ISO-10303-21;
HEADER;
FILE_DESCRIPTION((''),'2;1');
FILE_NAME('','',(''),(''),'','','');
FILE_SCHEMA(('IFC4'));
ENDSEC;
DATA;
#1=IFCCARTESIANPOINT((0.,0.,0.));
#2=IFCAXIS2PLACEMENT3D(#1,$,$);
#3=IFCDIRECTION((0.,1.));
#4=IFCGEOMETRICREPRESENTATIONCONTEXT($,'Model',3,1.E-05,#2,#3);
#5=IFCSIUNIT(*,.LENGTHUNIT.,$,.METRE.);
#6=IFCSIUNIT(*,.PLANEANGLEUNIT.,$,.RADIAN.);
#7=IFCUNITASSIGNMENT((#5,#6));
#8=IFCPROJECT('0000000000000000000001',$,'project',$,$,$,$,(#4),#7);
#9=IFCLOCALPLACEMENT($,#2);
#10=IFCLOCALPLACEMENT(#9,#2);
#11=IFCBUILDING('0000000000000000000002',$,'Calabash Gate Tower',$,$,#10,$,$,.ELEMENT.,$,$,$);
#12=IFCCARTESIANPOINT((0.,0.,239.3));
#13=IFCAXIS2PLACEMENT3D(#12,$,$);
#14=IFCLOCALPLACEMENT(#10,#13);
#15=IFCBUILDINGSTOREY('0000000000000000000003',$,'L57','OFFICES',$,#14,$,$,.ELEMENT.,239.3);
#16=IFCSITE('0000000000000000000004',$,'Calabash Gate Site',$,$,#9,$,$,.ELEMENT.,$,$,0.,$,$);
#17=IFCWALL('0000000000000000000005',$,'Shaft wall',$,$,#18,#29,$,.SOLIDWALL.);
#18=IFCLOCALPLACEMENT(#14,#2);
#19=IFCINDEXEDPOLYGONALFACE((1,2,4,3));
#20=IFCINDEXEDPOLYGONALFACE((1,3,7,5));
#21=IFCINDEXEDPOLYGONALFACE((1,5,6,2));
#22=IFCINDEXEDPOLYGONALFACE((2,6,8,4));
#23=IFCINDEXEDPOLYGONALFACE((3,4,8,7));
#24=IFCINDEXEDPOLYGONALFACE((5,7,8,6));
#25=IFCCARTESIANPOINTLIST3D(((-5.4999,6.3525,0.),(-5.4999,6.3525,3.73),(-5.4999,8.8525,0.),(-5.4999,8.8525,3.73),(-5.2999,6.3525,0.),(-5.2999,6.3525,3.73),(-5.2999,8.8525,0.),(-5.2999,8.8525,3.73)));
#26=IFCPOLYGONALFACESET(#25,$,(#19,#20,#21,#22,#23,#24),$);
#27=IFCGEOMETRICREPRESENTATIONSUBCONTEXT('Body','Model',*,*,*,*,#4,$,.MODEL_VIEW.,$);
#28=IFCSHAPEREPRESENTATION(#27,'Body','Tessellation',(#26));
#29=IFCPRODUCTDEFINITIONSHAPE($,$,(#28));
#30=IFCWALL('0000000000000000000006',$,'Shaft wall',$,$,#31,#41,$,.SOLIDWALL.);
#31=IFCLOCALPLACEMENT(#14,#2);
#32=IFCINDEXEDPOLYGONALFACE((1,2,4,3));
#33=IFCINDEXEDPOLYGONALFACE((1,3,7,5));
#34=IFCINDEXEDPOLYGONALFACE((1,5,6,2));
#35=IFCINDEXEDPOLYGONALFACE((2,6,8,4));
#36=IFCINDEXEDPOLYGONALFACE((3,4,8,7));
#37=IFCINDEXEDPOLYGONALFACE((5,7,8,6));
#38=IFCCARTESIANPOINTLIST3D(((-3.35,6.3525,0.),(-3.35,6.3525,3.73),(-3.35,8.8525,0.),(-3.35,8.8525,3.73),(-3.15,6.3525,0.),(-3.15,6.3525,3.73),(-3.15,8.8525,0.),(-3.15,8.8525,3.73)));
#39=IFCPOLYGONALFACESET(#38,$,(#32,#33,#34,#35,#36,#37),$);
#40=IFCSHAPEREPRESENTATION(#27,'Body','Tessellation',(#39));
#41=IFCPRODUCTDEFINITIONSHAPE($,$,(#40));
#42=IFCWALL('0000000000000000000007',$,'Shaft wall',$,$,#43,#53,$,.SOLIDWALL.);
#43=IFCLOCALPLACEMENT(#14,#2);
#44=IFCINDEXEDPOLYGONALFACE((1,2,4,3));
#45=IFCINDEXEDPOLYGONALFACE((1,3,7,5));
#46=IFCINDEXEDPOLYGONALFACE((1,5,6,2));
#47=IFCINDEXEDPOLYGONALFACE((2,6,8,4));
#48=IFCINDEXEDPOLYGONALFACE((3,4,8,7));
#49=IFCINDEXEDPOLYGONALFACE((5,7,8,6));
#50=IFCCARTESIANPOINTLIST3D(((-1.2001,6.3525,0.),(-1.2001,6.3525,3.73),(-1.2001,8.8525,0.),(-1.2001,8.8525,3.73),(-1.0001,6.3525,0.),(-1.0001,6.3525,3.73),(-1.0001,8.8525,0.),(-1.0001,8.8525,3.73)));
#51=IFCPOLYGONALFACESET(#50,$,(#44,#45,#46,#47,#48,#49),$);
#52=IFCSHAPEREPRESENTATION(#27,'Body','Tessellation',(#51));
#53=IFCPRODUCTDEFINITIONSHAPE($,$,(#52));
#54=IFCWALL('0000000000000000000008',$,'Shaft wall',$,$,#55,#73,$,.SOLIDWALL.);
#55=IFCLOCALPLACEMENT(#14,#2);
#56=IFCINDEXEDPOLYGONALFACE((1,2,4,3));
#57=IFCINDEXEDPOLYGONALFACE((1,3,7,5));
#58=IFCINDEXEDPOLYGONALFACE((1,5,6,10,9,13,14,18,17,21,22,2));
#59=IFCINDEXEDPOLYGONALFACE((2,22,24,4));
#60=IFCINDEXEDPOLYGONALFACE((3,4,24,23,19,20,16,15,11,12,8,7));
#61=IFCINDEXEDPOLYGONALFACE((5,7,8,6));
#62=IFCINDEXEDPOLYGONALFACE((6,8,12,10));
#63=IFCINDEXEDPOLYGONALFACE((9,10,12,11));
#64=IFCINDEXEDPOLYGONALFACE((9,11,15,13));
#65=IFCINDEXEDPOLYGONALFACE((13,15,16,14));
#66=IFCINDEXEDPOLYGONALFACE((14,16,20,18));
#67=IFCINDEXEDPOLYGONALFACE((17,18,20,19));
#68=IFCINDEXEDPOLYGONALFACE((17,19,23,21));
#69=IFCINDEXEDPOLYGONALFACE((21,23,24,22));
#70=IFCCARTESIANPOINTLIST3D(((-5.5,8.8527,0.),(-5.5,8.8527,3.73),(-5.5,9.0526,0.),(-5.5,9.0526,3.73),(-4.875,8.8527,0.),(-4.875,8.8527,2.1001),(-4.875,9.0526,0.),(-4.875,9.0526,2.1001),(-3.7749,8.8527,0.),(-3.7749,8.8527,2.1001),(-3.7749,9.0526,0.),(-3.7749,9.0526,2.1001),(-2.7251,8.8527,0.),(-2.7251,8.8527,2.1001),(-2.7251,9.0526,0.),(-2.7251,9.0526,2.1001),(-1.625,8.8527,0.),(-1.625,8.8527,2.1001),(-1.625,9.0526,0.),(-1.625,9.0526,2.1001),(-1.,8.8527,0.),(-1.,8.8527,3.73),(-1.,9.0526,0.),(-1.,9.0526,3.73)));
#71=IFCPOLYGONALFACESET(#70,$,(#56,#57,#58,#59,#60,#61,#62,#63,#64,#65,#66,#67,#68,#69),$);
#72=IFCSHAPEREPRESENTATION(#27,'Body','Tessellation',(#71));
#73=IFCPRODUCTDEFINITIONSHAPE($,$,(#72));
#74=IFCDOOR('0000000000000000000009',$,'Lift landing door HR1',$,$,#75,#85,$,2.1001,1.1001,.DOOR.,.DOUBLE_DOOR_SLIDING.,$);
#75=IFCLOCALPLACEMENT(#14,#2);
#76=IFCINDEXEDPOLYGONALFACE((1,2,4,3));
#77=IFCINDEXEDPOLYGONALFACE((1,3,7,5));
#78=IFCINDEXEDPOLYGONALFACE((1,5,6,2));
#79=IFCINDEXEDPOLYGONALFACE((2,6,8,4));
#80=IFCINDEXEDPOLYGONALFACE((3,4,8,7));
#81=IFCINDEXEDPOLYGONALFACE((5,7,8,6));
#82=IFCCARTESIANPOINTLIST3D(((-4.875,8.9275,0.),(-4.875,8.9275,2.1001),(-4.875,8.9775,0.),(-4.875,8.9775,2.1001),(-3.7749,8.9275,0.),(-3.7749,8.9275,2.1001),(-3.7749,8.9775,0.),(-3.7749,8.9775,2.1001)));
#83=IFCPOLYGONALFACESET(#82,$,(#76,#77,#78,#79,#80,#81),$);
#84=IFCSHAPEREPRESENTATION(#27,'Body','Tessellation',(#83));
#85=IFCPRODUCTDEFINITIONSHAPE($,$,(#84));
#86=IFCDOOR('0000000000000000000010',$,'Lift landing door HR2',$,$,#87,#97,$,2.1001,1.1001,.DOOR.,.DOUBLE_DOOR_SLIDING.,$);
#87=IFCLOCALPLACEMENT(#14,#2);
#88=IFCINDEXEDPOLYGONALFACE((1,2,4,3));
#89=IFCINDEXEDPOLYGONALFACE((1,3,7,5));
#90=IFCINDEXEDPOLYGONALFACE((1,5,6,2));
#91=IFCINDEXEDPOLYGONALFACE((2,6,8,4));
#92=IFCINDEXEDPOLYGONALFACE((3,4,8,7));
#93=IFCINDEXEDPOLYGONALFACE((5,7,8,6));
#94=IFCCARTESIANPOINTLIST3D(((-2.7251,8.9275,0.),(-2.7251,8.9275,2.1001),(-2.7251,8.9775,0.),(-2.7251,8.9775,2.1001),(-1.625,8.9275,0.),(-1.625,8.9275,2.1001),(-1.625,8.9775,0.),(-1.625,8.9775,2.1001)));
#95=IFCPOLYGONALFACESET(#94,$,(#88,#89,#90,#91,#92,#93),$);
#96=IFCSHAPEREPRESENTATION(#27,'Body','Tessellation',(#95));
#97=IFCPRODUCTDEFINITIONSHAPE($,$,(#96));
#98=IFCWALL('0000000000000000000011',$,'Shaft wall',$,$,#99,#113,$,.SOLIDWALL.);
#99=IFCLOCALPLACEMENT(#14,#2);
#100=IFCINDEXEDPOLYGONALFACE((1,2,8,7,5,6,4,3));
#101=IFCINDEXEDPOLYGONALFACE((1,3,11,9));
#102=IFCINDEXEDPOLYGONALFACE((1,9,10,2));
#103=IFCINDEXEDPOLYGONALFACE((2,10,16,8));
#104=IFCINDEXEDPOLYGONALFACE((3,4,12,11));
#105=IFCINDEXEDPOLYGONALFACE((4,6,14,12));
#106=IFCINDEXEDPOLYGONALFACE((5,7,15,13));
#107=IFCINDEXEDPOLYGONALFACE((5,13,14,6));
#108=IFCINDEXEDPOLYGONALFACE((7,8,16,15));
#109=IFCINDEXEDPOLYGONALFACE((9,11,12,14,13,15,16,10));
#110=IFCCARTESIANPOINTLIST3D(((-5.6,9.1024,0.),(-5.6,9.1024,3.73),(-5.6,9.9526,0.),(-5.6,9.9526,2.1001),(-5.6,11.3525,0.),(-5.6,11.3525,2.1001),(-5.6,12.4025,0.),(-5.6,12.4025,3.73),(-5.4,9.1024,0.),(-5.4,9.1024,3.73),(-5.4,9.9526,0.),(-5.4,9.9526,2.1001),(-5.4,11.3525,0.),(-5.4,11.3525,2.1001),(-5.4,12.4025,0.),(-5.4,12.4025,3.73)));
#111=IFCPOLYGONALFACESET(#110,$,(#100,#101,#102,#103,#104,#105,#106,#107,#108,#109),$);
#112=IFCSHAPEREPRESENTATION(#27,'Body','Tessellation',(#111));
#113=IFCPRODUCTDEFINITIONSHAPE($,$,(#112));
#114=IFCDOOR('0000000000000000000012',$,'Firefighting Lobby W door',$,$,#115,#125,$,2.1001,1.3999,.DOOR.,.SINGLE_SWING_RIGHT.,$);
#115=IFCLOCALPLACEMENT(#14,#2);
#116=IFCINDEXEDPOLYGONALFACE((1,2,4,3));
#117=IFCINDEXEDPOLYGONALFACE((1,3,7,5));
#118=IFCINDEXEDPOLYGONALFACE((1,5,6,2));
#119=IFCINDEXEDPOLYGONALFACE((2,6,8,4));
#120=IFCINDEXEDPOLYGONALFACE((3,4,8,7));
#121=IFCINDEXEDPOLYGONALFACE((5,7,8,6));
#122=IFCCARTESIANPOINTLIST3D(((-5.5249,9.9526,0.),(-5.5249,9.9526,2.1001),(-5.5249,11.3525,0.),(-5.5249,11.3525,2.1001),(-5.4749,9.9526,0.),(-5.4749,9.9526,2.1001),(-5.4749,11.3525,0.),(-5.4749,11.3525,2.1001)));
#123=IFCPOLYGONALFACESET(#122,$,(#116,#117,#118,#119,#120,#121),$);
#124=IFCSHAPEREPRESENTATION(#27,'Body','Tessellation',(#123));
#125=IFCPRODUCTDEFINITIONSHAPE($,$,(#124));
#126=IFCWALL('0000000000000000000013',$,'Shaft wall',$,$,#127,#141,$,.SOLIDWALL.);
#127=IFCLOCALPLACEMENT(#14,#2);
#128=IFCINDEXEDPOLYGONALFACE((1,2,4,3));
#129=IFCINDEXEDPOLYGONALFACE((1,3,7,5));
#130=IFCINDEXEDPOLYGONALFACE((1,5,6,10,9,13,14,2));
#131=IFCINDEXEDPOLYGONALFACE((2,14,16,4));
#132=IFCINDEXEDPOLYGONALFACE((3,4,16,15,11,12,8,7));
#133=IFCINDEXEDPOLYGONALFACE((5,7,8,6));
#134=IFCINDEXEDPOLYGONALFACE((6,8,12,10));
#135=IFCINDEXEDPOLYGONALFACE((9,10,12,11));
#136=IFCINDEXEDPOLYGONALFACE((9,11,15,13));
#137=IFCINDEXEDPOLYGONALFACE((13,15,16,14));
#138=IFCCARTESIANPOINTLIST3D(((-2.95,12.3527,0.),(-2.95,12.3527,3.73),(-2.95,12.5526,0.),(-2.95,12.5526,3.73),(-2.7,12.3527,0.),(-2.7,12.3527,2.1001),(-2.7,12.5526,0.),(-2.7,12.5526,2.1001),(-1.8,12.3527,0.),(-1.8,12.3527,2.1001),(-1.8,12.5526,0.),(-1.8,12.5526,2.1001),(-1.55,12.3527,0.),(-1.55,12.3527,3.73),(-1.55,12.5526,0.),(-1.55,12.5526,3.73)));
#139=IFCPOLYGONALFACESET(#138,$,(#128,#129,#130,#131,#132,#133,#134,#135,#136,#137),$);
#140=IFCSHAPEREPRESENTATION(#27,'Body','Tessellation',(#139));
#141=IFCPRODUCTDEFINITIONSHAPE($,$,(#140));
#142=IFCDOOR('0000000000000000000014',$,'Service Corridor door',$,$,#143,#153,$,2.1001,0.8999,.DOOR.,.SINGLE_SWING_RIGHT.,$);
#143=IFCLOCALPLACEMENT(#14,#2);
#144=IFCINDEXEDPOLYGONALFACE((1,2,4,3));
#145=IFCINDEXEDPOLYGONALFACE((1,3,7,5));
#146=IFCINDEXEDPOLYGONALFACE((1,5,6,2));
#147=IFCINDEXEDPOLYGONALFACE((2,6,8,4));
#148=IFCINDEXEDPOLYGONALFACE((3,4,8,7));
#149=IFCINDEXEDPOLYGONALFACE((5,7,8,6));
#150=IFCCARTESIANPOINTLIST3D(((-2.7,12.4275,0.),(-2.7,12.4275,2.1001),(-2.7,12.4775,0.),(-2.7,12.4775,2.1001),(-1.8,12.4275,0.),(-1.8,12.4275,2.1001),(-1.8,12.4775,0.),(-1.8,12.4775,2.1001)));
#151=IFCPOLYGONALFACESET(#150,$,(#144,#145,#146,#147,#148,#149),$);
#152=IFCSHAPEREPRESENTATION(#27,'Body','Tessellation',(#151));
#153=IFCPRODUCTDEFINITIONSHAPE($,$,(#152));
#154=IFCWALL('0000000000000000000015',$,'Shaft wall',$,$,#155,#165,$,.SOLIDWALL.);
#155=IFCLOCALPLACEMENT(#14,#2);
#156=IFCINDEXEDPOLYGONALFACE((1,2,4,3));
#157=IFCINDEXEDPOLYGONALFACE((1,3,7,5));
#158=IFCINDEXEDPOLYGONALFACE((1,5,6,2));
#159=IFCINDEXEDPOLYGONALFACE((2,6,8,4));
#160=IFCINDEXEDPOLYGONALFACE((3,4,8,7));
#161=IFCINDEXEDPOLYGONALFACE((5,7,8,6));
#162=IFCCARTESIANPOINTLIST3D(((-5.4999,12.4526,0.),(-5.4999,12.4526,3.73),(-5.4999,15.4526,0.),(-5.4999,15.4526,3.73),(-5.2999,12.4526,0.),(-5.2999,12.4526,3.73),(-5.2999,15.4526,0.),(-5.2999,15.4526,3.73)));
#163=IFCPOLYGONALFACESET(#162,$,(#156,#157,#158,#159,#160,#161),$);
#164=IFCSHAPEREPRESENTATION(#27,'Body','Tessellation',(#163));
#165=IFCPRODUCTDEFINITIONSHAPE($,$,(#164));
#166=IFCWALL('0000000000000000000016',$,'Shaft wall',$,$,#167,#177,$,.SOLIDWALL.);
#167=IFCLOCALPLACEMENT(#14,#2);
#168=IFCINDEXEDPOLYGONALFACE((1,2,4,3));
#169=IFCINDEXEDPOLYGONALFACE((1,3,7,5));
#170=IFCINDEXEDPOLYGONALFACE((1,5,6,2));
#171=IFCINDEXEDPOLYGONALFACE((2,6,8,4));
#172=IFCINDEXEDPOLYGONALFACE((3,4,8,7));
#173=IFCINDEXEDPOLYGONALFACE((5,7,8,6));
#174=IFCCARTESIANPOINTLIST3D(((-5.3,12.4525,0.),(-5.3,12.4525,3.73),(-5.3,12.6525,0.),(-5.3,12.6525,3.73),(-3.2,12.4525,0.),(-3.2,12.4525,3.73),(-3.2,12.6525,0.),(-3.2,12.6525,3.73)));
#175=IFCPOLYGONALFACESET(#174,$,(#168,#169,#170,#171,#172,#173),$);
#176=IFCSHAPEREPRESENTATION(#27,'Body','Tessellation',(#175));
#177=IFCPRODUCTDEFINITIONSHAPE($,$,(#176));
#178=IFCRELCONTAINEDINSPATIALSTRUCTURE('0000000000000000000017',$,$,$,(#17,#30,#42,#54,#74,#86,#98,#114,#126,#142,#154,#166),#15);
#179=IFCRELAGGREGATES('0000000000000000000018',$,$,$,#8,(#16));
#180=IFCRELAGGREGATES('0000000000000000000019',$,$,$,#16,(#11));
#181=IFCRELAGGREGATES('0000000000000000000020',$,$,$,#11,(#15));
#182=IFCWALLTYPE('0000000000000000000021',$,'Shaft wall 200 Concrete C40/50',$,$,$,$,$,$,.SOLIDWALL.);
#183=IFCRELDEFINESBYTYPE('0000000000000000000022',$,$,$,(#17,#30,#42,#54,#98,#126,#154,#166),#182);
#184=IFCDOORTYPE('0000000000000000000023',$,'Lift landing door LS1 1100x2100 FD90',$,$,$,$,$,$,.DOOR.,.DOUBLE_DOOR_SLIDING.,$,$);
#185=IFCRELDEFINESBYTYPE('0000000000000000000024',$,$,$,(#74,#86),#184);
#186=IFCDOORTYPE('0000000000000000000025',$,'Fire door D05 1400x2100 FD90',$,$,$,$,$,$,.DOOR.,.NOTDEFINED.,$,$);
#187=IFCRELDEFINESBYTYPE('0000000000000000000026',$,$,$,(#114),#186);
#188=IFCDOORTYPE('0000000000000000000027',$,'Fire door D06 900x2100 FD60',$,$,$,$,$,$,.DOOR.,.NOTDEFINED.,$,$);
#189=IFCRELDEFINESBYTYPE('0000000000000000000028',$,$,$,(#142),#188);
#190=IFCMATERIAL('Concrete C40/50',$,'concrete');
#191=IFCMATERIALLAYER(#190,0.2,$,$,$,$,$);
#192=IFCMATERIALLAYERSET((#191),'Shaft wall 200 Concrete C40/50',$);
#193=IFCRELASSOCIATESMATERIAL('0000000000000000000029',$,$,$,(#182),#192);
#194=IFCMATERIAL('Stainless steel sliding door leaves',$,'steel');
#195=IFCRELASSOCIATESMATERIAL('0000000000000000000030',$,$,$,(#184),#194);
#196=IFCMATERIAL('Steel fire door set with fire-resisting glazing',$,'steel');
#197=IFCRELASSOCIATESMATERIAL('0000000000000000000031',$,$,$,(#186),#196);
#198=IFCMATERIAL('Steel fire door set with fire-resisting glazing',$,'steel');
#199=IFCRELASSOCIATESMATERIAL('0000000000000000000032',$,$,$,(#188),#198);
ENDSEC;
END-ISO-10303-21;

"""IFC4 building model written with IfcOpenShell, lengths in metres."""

from ifc_helpers import new_model, si_unit, direction, frame, frame_2d, origin, place, context, subcontext, project, spatial, rectangle, extrude, material, layer, layer_set, type_object, element, fill, save


model = new_model("IFC4")

# Units and contexts
model_context = context("Model", 3, precision=1e-05, world=origin(), true_north=direction((0.0, 1.0)))
body_context = subcontext(model_context, "Body", "Model", "MODEL_VIEW")
ifc_project = project(units=[si_unit("LENGTHUNIT", "METRE"), si_unit("PLANEANGLEUNIT", "RADIAN")], contexts=[model_context])

# Site, building, storey
site_placement = place(None, origin())
site = spatial("IfcSite", under=ifc_project, at=site_placement, Name="Calabash Gate Site", CompositionType="ELEMENT", RefElevation=0.0)
building_placement = place(site_placement, origin())
building = spatial("IfcBuilding", under=site, at=building_placement, Name="Calabash Gate Tower", CompositionType="ELEMENT")
storey_placement = place(building_placement, frame((0.0, 0.0, 239.3)))
storey = spatial("IfcBuildingStorey", under=building, at=storey_placement, Name="L57", Description="OFFICES", CompositionType="ELEMENT", Elevation=239.3)

# Walls
ifc_material_1 = material(Name="Concrete C40/50", Category="concrete")
ifc_layer = layer(ifc_material_1, 0.2)
ifc_layer_set = layer_set([ifc_layer], Name="Shaft wall 200 Concrete C40/50")
wall_type = type_object("IfcWallType", Name="Shaft wall 200 Concrete C40/50", PredefinedType="SOLIDWALL", material=ifc_layer_set)
for number, where, z_axis, x_axis, name in (
    (1, (-5.3999, 6.3525, 0.0), (0.0, 0.0, 1.0), (0.0, 1.0, 0.0), "Shaft wall"),
    (2, (-3.25, 6.3525, 0.0), (0.0, 0.0, 1.0), (0.0, 1.0, 0.0), "Shaft wall"),
    (3, (-1.1001, 6.3525, 0.0), (0.0, 0.0, 1.0), (0.0, 1.0, 0.0), "Shaft wall"),
):
    element("IfcWall", number, at=place(storey_placement, frame(where, z_axis=z_axis, x_axis=x_axis)), inside=storey, type_object=wall_type, Name=name, PredefinedType="SOLIDWALL", context=body_context, shape_type="SweptSolid", body=[
        extrude(rectangle(XDim=2.5, YDim=0.2, at=frame_2d((1.25, 0.0))), origin(), (0.0, 0.0, 1.0), 3.73),
    ])

# Wall, openings, doors
wall_1_placement = place(storey_placement, frame((-5.5, 8.9526, 0.0), z_axis=(0.0, 0.0, 1.0), x_axis=(1.0, 0.0, 0.0)))
wall_1 = element("IfcWall", 4, at=wall_1_placement, inside=storey, type_object=wall_type, Name="Shaft wall", PredefinedType="SOLIDWALL", context=body_context, shape_type="SweptSolid", body=[
    extrude(rectangle(XDim=4.5, YDim=0.2, at=frame_2d((2.25, 0.0))), origin(), (0.0, 0.0, 1.0), 3.73),
])
opening_1_placement = place(wall_1_placement, frame((0.625, 0.0, 0.0)))
opening_1 = element("IfcOpeningElement", 5, at=opening_1_placement, cuts=wall_1, PredefinedType="OPENING", context=body_context, shape_type="SweptSolid", body=[
    extrude(rectangle(XDim=1.1001, YDim=2.1001, at=frame_2d((0.55, 1.05))), frame((0.0, 0.1099, 0.0), z_axis=(0.0, -1.0, 0.0), x_axis=(1.0, 0.0, 0.0)), (0.0, 0.0, 1.0), 0.22),
])
opening_2_placement = place(wall_1_placement, frame((2.7749, 0.0, 0.0)))
opening_2 = element("IfcOpeningElement", 6, at=opening_2_placement, cuts=wall_1, PredefinedType="OPENING", context=body_context, shape_type="SweptSolid", body=[
    extrude(rectangle(XDim=1.1001, YDim=2.1001, at=frame_2d((0.55, 1.05))), frame((0.0, 0.1099, 0.0), z_axis=(0.0, -1.0, 0.0), x_axis=(1.0, 0.0, 0.0)), (0.0, 0.0, 1.0), 0.22),
])
ifc_material_2 = material(Name="Stainless steel sliding door leaves", Category="steel")
door_type_1 = type_object("IfcDoorType", Name="Lift landing door LS1 1100x2100 FD90", OperationType="DOUBLE_DOOR_SLIDING", PredefinedType="DOOR", material=ifc_material_2)
door_1_placement = place(opening_1_placement, origin())
door_1 = element("IfcDoor", 7, at=door_1_placement, inside=storey, type_object=door_type_1, Name="Lift landing door HR1", OperationType="DOUBLE_DOOR_SLIDING", OverallHeight=2.1001, OverallWidth=1.1001, PredefinedType="DOOR", context=body_context, shape_type="SweptSolid", body=[
    extrude(rectangle(XDim=1.1001, YDim=2.1001, at=frame_2d((0.55, 1.05))), frame((0.0, 0.0249, 0.0), z_axis=(0.0, -1.0, 0.0), x_axis=(1.0, 0.0, 0.0)), (0.0, 0.0, 1.0), 0.05),
])
fill(opening_1, door_1)
door_2_placement = place(opening_2_placement, origin())
door_2 = element("IfcDoor", 8, at=door_2_placement, inside=storey, type_object=door_type_1, Name="Lift landing door HR2", OperationType="DOUBLE_DOOR_SLIDING", OverallHeight=2.1001, OverallWidth=1.1001, PredefinedType="DOOR", context=body_context, shape_type="SweptSolid", body=[
    extrude(rectangle(XDim=1.1001, YDim=2.1001, at=frame_2d((0.55, 1.05))), frame((0.0, 0.0249, 0.0), z_axis=(0.0, -1.0, 0.0), x_axis=(1.0, 0.0, 0.0)), (0.0, 0.0, 1.0), 0.05),
])
fill(opening_2, door_2)

# Walls, openings, doors
wall_2_placement = place(storey_placement, frame((-5.5, 9.1025, 0.0), z_axis=(0.0, 0.0, 1.0), x_axis=(0.0, 1.0, 0.0)))
wall_2 = element("IfcWall", 9, at=wall_2_placement, inside=storey, type_object=wall_type, Name="Shaft wall", PredefinedType="SOLIDWALL", context=body_context, shape_type="SweptSolid", body=[
    extrude(rectangle(XDim=3.3, YDim=0.2, at=frame_2d((1.6499, 0.0))), origin(), (0.0, 0.0, 1.0), 3.73),
])
opening_3_placement = place(wall_2_placement, frame((0.8501, 0.0, 0.0)))
opening_3 = element("IfcOpeningElement", 10, at=opening_3_placement, cuts=wall_2, PredefinedType="OPENING", context=body_context, shape_type="SweptSolid", body=[
    extrude(rectangle(XDim=1.3999, YDim=2.1001, at=frame_2d((0.7, 1.05))), frame((0.0, 0.1099, 0.0), z_axis=(0.0, -1.0, 0.0), x_axis=(1.0, 0.0, 0.0)), (0.0, 0.0, 1.0), 0.22),
])
ifc_material_3 = material(Name="Steel fire door set with fire-resisting glazing", Category="steel")
door_type_2 = type_object("IfcDoorType", Name="Fire door D05 1400x2100 FD90", OperationType="NOTDEFINED", PredefinedType="DOOR", material=ifc_material_3)
door_3_placement = place(opening_3_placement, origin())
door_3 = element("IfcDoor", 11, at=door_3_placement, inside=storey, type_object=door_type_2, Name="Firefighting Lobby W door", OperationType="SINGLE_SWING_RIGHT", OverallHeight=2.1001, OverallWidth=1.3999, PredefinedType="DOOR", context=body_context, shape_type="SweptSolid", body=[
    extrude(rectangle(XDim=1.3999, YDim=2.1001, at=frame_2d((0.7, 1.05))), frame((0.0, 0.0249, 0.0), z_axis=(0.0, -1.0, 0.0), x_axis=(1.0, 0.0, 0.0)), (0.0, 0.0, 1.0), 0.05),
])
fill(opening_3, door_3)
wall_3_placement = place(storey_placement, frame((-2.95, 12.4526, 0.0), z_axis=(0.0, 0.0, 1.0), x_axis=(1.0, 0.0, 0.0)))
wall_3 = element("IfcWall", 12, at=wall_3_placement, inside=storey, type_object=wall_type, Name="Shaft wall", PredefinedType="SOLIDWALL", context=body_context, shape_type="SweptSolid", body=[
    extrude(rectangle(XDim=1.3999, YDim=0.2, at=frame_2d((0.7, 0.0))), origin(), (0.0, 0.0, 1.0), 3.73),
])
opening_4_placement = place(wall_3_placement, frame((0.25, 0.0, 0.0)))
opening_4 = element("IfcOpeningElement", 13, at=opening_4_placement, cuts=wall_3, PredefinedType="OPENING", context=body_context, shape_type="SweptSolid", body=[
    extrude(rectangle(XDim=0.8999, YDim=2.1001, at=frame_2d((0.45, 1.05))), frame((0.0, 0.1099, 0.0), z_axis=(0.0, -1.0, 0.0), x_axis=(1.0, 0.0, 0.0)), (0.0, 0.0, 1.0), 0.22),
])
ifc_material_4 = material(Name="Steel fire door set with fire-resisting glazing", Category="steel")
door_type_3 = type_object("IfcDoorType", Name="Fire door D06 900x2100 FD60", OperationType="NOTDEFINED", PredefinedType="DOOR", material=ifc_material_4)
door_4_placement = place(opening_4_placement, origin())
door_4 = element("IfcDoor", 14, at=door_4_placement, inside=storey, type_object=door_type_3, Name="Service Corridor door", OperationType="SINGLE_SWING_RIGHT", OverallHeight=2.1001, OverallWidth=0.8999, PredefinedType="DOOR", context=body_context, shape_type="SweptSolid", body=[
    extrude(rectangle(XDim=0.8999, YDim=2.1001, at=frame_2d((0.45, 1.05))), frame((0.0, 0.0249, 0.0), z_axis=(0.0, -1.0, 0.0), x_axis=(1.0, 0.0, 0.0)), (0.0, 0.0, 1.0), 0.05),
])
fill(opening_4, door_4)

# Walls
wall_4_placement = place(storey_placement, frame((-5.3999, 12.4526, 0.0), z_axis=(0.0, 0.0, 1.0), x_axis=(0.0, 1.0, 0.0)))
element("IfcWall", 15, at=wall_4_placement, inside=storey, type_object=wall_type, Name="Shaft wall", PredefinedType="SOLIDWALL", context=body_context, shape_type="SweptSolid", body=[
    extrude(rectangle(XDim=3.0, YDim=0.2, at=frame_2d((1.5, 0.0))), origin(), (0.0, 0.0, 1.0), 3.73),
])
wall_5_placement = place(storey_placement, frame((-5.3, 12.5525, 0.0), z_axis=(0.0, 0.0, 1.0), x_axis=(1.0, 0.0, 0.0)))
element("IfcWall", 16, at=wall_5_placement, inside=storey, type_object=wall_type, Name="Shaft wall", PredefinedType="SOLIDWALL", context=body_context, shape_type="SweptSolid", body=[
    extrude(rectangle(XDim=2.1001, YDim=0.2, at=frame_2d((1.05, 0.0))), origin(), (0.0, 0.0, 1.0), 3.73),
])

save(model, "model.ifc")
